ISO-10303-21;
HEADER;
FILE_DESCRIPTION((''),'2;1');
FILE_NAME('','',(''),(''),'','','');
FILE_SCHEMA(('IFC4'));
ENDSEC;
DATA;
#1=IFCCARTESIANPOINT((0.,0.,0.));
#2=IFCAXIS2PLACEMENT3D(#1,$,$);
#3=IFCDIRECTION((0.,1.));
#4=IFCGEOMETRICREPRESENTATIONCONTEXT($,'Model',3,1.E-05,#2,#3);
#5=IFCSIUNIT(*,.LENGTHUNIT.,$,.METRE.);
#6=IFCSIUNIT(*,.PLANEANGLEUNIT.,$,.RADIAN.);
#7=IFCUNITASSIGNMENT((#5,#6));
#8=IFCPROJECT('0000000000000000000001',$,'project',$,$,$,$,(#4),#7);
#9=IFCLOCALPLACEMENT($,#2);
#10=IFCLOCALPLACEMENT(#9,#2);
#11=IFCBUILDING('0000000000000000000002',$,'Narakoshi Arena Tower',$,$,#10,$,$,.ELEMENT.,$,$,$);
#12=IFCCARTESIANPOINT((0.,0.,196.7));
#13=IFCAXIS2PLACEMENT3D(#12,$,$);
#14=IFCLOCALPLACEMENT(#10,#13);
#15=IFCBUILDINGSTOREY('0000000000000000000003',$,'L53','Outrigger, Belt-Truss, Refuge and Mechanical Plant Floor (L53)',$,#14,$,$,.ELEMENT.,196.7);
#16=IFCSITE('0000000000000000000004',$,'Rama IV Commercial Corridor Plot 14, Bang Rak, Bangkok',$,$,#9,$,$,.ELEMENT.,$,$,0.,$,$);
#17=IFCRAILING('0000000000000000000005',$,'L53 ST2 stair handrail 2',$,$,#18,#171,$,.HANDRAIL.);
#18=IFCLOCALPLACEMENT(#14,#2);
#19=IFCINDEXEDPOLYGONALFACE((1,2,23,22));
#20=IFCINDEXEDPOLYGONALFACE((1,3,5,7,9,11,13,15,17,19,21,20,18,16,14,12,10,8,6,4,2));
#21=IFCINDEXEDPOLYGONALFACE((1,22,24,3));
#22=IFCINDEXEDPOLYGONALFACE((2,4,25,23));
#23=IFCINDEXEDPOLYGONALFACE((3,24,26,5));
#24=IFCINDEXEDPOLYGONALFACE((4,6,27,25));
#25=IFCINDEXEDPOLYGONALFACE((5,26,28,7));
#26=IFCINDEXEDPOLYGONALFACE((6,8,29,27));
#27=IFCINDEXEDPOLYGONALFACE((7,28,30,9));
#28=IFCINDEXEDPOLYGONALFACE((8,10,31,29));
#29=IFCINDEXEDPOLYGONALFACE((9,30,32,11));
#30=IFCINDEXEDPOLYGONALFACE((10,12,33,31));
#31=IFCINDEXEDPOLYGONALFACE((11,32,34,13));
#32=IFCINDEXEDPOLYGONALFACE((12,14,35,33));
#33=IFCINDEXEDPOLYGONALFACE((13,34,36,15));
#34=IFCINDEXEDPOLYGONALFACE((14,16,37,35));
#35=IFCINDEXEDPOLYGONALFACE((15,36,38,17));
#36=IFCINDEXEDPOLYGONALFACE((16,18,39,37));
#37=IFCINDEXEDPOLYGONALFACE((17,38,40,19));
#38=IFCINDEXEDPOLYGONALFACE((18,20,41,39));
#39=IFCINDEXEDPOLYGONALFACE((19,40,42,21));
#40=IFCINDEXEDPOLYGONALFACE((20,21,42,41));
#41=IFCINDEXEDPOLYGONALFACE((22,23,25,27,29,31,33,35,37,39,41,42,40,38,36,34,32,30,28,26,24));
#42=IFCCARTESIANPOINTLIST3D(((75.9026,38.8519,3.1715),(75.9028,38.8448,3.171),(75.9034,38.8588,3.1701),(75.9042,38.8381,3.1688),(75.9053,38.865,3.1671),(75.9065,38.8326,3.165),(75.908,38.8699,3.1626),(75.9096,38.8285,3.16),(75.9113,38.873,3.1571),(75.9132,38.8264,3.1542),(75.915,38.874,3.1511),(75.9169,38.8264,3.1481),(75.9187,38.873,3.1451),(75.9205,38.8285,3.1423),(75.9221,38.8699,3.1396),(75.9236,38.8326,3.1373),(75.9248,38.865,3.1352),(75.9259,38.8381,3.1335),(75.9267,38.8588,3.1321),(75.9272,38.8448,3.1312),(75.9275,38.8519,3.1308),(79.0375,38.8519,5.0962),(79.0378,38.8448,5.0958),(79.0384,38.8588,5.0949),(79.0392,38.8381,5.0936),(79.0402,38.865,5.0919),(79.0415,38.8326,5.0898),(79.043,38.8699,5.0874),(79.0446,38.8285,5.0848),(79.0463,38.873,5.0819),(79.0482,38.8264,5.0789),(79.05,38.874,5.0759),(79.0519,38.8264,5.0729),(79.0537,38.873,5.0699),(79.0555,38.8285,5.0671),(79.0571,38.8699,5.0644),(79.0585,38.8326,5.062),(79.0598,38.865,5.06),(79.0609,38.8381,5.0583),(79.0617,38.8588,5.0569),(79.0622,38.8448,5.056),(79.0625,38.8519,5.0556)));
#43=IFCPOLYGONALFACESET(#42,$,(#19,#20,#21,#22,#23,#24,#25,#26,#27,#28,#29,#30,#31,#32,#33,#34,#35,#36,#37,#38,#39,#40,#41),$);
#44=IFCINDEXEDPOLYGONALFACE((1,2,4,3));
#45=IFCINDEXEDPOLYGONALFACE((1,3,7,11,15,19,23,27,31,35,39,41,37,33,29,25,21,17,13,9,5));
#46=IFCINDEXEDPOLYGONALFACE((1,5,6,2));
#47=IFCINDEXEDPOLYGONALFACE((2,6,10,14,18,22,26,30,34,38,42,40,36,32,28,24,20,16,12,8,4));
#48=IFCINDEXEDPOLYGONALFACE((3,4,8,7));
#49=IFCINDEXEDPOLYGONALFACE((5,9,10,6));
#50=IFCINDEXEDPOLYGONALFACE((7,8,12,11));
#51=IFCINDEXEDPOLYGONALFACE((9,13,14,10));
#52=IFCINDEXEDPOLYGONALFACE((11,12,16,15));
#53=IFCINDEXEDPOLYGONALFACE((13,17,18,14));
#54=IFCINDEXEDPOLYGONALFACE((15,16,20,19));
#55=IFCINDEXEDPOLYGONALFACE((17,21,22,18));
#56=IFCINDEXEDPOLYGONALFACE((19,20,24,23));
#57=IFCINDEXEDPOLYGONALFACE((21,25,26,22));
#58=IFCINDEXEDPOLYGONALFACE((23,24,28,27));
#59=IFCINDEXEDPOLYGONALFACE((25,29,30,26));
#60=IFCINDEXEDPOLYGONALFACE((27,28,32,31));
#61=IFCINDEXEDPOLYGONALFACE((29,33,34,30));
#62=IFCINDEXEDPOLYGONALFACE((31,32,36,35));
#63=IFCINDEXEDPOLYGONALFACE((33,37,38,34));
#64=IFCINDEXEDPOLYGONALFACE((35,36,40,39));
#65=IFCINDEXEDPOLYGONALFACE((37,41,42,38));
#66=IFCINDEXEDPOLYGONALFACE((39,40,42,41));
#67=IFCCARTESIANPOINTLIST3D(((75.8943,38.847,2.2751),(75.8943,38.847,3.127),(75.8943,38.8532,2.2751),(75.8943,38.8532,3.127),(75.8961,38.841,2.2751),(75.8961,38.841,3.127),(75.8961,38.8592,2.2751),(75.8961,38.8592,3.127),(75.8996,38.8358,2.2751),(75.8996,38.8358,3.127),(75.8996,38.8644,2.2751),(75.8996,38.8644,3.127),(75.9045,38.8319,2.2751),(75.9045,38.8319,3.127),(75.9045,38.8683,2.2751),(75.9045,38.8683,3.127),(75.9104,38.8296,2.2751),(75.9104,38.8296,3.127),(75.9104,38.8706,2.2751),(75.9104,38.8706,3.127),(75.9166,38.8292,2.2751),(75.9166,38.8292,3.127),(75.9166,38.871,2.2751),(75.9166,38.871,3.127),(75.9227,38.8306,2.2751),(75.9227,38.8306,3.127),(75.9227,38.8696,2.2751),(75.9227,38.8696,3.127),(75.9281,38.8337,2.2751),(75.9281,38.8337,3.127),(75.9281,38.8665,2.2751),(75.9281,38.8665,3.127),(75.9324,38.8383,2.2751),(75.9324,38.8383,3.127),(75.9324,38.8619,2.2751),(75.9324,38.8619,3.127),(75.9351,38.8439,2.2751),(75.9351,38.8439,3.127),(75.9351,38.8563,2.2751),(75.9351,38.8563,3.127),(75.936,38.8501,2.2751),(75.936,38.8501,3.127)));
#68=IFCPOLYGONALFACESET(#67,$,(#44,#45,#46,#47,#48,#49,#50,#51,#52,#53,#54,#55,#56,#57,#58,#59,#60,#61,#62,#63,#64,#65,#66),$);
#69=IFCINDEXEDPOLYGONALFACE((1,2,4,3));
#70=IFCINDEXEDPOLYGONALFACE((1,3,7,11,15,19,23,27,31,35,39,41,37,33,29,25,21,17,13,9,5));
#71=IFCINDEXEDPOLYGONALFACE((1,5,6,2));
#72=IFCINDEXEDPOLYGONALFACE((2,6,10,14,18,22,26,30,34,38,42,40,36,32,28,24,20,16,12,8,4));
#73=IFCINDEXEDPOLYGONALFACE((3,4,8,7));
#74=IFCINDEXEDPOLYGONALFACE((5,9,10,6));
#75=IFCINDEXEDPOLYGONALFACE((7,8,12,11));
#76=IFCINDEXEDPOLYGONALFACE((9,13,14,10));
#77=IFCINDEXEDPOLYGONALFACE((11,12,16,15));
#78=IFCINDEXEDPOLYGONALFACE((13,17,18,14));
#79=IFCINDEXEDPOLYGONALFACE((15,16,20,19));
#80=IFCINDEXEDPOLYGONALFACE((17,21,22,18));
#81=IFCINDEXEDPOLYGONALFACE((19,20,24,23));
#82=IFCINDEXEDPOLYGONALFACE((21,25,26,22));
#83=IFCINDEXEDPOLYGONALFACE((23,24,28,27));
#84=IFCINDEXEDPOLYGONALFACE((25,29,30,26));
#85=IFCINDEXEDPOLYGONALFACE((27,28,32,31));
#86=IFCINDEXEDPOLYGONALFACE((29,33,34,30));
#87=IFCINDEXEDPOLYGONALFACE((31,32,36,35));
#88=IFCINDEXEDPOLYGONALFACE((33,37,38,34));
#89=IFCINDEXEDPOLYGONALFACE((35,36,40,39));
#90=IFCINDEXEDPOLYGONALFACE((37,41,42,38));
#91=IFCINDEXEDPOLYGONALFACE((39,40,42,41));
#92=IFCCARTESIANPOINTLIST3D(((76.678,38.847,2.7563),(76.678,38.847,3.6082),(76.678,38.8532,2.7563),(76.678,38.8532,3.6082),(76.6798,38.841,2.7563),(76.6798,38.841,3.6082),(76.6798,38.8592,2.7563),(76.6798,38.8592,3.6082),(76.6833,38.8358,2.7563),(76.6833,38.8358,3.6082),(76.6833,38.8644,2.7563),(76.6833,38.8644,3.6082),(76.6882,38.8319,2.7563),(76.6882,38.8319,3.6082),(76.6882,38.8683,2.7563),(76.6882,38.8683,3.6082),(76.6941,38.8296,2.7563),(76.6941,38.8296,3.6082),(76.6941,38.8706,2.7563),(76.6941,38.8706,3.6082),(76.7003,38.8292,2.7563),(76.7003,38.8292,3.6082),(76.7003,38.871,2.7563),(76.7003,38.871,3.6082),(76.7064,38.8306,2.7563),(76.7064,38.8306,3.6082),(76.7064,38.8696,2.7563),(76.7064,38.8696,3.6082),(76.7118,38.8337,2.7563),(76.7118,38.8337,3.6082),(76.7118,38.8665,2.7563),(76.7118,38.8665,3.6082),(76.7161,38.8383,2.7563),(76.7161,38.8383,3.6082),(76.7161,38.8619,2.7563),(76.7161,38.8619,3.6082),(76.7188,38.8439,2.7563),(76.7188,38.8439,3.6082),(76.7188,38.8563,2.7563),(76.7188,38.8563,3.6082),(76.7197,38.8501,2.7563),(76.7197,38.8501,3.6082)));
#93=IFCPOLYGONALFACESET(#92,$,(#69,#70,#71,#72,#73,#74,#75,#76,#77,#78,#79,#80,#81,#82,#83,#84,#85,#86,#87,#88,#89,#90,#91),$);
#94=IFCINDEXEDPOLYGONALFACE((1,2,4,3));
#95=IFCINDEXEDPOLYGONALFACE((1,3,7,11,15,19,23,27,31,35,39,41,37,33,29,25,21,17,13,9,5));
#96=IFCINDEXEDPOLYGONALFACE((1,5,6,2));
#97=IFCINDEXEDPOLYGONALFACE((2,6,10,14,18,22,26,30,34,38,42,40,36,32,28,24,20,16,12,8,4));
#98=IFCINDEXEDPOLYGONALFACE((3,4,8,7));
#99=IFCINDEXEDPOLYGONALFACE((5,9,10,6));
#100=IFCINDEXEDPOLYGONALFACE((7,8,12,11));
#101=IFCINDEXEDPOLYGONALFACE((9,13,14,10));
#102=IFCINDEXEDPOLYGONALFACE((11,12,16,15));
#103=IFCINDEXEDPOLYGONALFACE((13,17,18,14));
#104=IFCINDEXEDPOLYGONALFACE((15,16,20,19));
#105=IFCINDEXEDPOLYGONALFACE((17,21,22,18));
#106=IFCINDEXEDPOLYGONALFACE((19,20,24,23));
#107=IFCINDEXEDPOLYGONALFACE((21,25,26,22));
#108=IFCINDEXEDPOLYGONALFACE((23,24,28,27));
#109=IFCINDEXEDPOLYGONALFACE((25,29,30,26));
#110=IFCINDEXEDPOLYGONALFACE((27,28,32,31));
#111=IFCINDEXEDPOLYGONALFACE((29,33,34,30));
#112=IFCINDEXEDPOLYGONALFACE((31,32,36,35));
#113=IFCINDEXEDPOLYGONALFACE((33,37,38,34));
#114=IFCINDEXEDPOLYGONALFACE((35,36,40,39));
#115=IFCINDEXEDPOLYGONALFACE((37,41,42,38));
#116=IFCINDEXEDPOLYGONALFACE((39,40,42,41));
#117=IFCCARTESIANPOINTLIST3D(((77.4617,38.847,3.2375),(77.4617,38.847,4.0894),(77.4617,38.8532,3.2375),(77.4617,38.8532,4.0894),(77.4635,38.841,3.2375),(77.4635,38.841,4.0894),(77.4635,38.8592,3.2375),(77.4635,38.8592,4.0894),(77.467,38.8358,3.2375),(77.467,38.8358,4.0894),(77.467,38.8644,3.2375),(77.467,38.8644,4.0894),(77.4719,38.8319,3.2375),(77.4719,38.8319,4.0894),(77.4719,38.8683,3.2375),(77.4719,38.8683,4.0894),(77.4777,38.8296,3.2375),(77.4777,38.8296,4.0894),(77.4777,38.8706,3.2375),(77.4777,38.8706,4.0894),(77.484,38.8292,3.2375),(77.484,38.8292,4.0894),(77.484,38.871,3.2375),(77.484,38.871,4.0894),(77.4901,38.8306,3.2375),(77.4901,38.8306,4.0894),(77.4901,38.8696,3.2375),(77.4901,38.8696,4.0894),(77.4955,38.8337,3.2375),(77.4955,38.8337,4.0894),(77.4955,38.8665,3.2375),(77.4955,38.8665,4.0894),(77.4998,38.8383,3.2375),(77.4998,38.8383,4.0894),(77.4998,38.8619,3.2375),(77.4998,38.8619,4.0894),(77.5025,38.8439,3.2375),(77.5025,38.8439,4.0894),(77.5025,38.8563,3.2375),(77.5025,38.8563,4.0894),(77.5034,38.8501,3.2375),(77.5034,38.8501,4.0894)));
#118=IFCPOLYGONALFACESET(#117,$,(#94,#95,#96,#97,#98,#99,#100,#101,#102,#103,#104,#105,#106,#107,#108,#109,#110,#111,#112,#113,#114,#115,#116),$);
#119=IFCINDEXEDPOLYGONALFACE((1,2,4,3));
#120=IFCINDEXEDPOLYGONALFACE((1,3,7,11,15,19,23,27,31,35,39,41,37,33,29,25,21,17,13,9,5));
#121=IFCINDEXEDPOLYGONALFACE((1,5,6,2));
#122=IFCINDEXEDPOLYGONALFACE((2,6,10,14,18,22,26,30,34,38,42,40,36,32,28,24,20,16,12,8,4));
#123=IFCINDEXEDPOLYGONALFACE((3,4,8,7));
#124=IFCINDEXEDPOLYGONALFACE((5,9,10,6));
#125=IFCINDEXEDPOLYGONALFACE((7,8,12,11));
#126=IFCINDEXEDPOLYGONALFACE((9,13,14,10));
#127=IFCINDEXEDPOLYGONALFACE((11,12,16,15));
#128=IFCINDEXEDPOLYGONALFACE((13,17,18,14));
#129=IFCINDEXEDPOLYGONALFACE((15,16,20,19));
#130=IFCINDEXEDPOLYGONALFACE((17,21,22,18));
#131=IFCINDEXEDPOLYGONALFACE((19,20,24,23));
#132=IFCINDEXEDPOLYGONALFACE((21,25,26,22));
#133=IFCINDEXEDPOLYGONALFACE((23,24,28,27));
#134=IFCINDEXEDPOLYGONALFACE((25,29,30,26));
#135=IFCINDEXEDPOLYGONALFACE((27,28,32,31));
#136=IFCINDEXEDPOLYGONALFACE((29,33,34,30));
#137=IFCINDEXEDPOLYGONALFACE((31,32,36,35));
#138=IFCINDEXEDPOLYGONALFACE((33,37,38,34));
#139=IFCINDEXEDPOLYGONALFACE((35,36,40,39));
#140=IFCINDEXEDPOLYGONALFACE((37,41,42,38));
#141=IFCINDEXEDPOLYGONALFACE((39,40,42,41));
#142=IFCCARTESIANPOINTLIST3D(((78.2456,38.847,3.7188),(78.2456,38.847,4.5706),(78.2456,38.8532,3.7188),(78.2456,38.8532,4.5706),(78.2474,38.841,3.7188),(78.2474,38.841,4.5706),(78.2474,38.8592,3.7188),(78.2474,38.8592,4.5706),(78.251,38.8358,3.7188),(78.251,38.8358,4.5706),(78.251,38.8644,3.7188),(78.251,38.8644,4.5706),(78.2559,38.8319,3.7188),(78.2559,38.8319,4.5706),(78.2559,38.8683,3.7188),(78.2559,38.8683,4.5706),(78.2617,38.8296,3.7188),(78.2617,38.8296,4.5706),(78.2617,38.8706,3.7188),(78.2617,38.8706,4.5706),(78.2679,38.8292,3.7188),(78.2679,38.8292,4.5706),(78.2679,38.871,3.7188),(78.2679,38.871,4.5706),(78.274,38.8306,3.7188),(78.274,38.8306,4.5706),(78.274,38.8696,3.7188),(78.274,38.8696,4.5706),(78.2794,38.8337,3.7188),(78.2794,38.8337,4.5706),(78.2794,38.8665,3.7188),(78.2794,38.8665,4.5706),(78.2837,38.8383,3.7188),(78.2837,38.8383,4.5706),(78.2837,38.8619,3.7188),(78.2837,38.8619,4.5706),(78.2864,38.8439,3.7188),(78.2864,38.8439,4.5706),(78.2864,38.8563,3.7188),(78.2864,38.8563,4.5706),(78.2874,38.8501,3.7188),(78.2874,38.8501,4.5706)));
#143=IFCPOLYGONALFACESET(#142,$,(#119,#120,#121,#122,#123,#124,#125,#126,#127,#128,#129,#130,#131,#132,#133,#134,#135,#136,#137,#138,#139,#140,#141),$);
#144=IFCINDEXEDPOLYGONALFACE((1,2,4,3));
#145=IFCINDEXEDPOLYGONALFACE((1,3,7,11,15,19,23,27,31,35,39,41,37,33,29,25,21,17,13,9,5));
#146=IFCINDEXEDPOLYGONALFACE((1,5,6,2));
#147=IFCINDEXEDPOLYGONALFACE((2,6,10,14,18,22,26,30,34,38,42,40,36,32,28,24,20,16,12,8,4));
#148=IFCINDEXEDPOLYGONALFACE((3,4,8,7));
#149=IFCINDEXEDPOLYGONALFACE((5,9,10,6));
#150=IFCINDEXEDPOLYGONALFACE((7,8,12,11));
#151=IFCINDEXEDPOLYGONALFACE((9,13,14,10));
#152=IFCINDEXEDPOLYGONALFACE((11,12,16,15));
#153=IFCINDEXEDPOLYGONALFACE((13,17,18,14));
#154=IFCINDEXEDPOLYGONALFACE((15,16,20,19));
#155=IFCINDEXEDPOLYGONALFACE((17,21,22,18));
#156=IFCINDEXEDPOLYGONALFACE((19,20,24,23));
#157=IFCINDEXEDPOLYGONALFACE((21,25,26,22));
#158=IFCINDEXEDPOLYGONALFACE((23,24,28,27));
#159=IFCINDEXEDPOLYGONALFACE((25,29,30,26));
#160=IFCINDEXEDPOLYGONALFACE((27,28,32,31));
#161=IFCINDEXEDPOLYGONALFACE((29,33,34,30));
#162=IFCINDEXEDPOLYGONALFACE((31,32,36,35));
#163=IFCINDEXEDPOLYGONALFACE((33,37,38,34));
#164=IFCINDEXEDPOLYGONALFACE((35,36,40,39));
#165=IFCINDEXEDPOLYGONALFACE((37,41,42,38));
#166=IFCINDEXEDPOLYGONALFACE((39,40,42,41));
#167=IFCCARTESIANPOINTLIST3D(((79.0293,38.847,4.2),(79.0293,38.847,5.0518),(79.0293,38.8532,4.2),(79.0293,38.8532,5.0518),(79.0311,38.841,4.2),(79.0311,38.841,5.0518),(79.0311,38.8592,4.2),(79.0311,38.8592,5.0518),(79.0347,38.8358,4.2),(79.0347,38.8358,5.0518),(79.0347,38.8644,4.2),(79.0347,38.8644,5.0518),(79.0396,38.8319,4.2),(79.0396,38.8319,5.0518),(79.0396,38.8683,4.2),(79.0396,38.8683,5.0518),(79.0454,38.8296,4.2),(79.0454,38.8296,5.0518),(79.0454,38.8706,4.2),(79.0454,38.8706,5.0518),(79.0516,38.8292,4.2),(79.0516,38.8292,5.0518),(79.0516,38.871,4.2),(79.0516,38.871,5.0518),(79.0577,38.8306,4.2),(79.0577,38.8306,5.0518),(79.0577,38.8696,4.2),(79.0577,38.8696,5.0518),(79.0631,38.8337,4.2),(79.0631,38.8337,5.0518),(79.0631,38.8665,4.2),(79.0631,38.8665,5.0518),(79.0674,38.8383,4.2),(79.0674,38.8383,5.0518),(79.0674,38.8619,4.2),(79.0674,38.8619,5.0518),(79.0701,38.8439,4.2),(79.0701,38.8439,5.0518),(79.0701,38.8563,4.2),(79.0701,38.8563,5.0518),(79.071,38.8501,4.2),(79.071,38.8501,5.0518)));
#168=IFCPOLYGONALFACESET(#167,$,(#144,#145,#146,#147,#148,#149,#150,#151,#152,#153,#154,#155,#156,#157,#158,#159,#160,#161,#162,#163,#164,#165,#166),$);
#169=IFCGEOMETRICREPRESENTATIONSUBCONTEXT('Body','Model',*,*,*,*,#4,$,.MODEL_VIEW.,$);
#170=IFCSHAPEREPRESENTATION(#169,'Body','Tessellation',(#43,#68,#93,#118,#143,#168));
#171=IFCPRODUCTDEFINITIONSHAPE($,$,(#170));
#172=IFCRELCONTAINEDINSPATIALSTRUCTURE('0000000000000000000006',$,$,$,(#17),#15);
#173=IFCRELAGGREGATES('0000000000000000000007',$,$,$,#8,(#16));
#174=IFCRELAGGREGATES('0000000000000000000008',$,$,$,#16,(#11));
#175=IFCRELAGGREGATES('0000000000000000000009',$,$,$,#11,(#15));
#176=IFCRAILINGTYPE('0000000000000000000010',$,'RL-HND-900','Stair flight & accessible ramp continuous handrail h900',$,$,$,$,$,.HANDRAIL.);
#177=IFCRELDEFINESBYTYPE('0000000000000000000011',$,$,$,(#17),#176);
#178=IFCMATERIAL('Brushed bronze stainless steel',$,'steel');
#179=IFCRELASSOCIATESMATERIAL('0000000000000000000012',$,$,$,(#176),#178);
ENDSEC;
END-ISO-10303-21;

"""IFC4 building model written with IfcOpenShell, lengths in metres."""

from ifc_helpers import new_model, si_unit, direction, frame, origin, origin_2d, place, context, subcontext, project, spatial, circle, extrude, material, type_object, element, save


model = new_model("IFC4")

# Units and contexts
model_context = context("Model", 3, precision=1e-05, world=origin(), true_north=direction((0.0, 1.0)))
body_context = subcontext(model_context, "Body", "Model", "MODEL_VIEW")
ifc_project = project(units=[si_unit("LENGTHUNIT", "METRE"), si_unit("PLANEANGLEUNIT", "RADIAN")], contexts=[model_context])

# Site, building, storey
site_placement = place(None, origin())
site = spatial("IfcSite", under=ifc_project, at=site_placement, Name="Rama IV Commercial Corridor Plot 14, Bang Rak, Bangkok", CompositionType="ELEMENT", RefElevation=0.0)
building_placement = place(site_placement, origin())
building = spatial("IfcBuilding", under=site, at=building_placement, Name="Narakoshi Arena Tower", CompositionType="ELEMENT")
storey_placement = place(building_placement, frame((0.0, 0.0, 196.7)))
storey = spatial("IfcBuildingStorey", under=building, at=storey_placement, Name="L53", Description="Outrigger, Belt-Truss, Refuge and Mechanical Plant Floor (L53)", CompositionType="ELEMENT", Elevation=196.7)

# Railing
ifc_material_1 = material(Name="Brushed bronze stainless steel", Category="steel")
railing_type_1 = type_object("IfcRailingType", Name="RL-HND-900", Description="Stair flight & accessible ramp continuous handrail h900", PredefinedType="HANDRAIL", material=ifc_material_1)
railing_1_placement = place(storey_placement, frame((75.915, 38.8501, 2.2751)))
element("IfcRailing", 1, at=railing_1_placement, inside=storey, type_object=railing_type_1, Name="L53 ST2 stair handrail 2", PredefinedType="HANDRAIL", context=body_context, shape_type="SweptSolid", body=[
    extrude(circle(Radius=0.0239, at=origin_2d()), frame((0.0, 0.0, 0.876), z_axis=(0.852196, 0.0, 0.523223), x_axis=(0.0, 1.0, 0.0)), (0.0, 0.0, 1.0), 3.6787),
    extrude(circle(Radius=0.021, at=origin_2d()), origin(), (0.0, 0.0, 1.0), 0.8518),
    extrude(circle(Radius=0.021, at=origin_2d()), frame((0.7837, 0.0, 0.4812)), (0.0, 0.0, 1.0), 0.8518),
    extrude(circle(Radius=0.021, at=origin_2d()), frame((1.5674, 0.0, 0.9624)), (0.0, 0.0, 1.0), 0.8518),
    extrude(circle(Radius=0.021, at=origin_2d()), frame((2.3513, 0.0, 1.4436)), (0.0, 0.0, 1.0), 0.8518),
    extrude(circle(Radius=0.021, at=origin_2d()), frame((3.135, 0.0, 1.9248)), (0.0, 0.0, 1.0), 0.8518),
])

save(model, "model.ifc")
